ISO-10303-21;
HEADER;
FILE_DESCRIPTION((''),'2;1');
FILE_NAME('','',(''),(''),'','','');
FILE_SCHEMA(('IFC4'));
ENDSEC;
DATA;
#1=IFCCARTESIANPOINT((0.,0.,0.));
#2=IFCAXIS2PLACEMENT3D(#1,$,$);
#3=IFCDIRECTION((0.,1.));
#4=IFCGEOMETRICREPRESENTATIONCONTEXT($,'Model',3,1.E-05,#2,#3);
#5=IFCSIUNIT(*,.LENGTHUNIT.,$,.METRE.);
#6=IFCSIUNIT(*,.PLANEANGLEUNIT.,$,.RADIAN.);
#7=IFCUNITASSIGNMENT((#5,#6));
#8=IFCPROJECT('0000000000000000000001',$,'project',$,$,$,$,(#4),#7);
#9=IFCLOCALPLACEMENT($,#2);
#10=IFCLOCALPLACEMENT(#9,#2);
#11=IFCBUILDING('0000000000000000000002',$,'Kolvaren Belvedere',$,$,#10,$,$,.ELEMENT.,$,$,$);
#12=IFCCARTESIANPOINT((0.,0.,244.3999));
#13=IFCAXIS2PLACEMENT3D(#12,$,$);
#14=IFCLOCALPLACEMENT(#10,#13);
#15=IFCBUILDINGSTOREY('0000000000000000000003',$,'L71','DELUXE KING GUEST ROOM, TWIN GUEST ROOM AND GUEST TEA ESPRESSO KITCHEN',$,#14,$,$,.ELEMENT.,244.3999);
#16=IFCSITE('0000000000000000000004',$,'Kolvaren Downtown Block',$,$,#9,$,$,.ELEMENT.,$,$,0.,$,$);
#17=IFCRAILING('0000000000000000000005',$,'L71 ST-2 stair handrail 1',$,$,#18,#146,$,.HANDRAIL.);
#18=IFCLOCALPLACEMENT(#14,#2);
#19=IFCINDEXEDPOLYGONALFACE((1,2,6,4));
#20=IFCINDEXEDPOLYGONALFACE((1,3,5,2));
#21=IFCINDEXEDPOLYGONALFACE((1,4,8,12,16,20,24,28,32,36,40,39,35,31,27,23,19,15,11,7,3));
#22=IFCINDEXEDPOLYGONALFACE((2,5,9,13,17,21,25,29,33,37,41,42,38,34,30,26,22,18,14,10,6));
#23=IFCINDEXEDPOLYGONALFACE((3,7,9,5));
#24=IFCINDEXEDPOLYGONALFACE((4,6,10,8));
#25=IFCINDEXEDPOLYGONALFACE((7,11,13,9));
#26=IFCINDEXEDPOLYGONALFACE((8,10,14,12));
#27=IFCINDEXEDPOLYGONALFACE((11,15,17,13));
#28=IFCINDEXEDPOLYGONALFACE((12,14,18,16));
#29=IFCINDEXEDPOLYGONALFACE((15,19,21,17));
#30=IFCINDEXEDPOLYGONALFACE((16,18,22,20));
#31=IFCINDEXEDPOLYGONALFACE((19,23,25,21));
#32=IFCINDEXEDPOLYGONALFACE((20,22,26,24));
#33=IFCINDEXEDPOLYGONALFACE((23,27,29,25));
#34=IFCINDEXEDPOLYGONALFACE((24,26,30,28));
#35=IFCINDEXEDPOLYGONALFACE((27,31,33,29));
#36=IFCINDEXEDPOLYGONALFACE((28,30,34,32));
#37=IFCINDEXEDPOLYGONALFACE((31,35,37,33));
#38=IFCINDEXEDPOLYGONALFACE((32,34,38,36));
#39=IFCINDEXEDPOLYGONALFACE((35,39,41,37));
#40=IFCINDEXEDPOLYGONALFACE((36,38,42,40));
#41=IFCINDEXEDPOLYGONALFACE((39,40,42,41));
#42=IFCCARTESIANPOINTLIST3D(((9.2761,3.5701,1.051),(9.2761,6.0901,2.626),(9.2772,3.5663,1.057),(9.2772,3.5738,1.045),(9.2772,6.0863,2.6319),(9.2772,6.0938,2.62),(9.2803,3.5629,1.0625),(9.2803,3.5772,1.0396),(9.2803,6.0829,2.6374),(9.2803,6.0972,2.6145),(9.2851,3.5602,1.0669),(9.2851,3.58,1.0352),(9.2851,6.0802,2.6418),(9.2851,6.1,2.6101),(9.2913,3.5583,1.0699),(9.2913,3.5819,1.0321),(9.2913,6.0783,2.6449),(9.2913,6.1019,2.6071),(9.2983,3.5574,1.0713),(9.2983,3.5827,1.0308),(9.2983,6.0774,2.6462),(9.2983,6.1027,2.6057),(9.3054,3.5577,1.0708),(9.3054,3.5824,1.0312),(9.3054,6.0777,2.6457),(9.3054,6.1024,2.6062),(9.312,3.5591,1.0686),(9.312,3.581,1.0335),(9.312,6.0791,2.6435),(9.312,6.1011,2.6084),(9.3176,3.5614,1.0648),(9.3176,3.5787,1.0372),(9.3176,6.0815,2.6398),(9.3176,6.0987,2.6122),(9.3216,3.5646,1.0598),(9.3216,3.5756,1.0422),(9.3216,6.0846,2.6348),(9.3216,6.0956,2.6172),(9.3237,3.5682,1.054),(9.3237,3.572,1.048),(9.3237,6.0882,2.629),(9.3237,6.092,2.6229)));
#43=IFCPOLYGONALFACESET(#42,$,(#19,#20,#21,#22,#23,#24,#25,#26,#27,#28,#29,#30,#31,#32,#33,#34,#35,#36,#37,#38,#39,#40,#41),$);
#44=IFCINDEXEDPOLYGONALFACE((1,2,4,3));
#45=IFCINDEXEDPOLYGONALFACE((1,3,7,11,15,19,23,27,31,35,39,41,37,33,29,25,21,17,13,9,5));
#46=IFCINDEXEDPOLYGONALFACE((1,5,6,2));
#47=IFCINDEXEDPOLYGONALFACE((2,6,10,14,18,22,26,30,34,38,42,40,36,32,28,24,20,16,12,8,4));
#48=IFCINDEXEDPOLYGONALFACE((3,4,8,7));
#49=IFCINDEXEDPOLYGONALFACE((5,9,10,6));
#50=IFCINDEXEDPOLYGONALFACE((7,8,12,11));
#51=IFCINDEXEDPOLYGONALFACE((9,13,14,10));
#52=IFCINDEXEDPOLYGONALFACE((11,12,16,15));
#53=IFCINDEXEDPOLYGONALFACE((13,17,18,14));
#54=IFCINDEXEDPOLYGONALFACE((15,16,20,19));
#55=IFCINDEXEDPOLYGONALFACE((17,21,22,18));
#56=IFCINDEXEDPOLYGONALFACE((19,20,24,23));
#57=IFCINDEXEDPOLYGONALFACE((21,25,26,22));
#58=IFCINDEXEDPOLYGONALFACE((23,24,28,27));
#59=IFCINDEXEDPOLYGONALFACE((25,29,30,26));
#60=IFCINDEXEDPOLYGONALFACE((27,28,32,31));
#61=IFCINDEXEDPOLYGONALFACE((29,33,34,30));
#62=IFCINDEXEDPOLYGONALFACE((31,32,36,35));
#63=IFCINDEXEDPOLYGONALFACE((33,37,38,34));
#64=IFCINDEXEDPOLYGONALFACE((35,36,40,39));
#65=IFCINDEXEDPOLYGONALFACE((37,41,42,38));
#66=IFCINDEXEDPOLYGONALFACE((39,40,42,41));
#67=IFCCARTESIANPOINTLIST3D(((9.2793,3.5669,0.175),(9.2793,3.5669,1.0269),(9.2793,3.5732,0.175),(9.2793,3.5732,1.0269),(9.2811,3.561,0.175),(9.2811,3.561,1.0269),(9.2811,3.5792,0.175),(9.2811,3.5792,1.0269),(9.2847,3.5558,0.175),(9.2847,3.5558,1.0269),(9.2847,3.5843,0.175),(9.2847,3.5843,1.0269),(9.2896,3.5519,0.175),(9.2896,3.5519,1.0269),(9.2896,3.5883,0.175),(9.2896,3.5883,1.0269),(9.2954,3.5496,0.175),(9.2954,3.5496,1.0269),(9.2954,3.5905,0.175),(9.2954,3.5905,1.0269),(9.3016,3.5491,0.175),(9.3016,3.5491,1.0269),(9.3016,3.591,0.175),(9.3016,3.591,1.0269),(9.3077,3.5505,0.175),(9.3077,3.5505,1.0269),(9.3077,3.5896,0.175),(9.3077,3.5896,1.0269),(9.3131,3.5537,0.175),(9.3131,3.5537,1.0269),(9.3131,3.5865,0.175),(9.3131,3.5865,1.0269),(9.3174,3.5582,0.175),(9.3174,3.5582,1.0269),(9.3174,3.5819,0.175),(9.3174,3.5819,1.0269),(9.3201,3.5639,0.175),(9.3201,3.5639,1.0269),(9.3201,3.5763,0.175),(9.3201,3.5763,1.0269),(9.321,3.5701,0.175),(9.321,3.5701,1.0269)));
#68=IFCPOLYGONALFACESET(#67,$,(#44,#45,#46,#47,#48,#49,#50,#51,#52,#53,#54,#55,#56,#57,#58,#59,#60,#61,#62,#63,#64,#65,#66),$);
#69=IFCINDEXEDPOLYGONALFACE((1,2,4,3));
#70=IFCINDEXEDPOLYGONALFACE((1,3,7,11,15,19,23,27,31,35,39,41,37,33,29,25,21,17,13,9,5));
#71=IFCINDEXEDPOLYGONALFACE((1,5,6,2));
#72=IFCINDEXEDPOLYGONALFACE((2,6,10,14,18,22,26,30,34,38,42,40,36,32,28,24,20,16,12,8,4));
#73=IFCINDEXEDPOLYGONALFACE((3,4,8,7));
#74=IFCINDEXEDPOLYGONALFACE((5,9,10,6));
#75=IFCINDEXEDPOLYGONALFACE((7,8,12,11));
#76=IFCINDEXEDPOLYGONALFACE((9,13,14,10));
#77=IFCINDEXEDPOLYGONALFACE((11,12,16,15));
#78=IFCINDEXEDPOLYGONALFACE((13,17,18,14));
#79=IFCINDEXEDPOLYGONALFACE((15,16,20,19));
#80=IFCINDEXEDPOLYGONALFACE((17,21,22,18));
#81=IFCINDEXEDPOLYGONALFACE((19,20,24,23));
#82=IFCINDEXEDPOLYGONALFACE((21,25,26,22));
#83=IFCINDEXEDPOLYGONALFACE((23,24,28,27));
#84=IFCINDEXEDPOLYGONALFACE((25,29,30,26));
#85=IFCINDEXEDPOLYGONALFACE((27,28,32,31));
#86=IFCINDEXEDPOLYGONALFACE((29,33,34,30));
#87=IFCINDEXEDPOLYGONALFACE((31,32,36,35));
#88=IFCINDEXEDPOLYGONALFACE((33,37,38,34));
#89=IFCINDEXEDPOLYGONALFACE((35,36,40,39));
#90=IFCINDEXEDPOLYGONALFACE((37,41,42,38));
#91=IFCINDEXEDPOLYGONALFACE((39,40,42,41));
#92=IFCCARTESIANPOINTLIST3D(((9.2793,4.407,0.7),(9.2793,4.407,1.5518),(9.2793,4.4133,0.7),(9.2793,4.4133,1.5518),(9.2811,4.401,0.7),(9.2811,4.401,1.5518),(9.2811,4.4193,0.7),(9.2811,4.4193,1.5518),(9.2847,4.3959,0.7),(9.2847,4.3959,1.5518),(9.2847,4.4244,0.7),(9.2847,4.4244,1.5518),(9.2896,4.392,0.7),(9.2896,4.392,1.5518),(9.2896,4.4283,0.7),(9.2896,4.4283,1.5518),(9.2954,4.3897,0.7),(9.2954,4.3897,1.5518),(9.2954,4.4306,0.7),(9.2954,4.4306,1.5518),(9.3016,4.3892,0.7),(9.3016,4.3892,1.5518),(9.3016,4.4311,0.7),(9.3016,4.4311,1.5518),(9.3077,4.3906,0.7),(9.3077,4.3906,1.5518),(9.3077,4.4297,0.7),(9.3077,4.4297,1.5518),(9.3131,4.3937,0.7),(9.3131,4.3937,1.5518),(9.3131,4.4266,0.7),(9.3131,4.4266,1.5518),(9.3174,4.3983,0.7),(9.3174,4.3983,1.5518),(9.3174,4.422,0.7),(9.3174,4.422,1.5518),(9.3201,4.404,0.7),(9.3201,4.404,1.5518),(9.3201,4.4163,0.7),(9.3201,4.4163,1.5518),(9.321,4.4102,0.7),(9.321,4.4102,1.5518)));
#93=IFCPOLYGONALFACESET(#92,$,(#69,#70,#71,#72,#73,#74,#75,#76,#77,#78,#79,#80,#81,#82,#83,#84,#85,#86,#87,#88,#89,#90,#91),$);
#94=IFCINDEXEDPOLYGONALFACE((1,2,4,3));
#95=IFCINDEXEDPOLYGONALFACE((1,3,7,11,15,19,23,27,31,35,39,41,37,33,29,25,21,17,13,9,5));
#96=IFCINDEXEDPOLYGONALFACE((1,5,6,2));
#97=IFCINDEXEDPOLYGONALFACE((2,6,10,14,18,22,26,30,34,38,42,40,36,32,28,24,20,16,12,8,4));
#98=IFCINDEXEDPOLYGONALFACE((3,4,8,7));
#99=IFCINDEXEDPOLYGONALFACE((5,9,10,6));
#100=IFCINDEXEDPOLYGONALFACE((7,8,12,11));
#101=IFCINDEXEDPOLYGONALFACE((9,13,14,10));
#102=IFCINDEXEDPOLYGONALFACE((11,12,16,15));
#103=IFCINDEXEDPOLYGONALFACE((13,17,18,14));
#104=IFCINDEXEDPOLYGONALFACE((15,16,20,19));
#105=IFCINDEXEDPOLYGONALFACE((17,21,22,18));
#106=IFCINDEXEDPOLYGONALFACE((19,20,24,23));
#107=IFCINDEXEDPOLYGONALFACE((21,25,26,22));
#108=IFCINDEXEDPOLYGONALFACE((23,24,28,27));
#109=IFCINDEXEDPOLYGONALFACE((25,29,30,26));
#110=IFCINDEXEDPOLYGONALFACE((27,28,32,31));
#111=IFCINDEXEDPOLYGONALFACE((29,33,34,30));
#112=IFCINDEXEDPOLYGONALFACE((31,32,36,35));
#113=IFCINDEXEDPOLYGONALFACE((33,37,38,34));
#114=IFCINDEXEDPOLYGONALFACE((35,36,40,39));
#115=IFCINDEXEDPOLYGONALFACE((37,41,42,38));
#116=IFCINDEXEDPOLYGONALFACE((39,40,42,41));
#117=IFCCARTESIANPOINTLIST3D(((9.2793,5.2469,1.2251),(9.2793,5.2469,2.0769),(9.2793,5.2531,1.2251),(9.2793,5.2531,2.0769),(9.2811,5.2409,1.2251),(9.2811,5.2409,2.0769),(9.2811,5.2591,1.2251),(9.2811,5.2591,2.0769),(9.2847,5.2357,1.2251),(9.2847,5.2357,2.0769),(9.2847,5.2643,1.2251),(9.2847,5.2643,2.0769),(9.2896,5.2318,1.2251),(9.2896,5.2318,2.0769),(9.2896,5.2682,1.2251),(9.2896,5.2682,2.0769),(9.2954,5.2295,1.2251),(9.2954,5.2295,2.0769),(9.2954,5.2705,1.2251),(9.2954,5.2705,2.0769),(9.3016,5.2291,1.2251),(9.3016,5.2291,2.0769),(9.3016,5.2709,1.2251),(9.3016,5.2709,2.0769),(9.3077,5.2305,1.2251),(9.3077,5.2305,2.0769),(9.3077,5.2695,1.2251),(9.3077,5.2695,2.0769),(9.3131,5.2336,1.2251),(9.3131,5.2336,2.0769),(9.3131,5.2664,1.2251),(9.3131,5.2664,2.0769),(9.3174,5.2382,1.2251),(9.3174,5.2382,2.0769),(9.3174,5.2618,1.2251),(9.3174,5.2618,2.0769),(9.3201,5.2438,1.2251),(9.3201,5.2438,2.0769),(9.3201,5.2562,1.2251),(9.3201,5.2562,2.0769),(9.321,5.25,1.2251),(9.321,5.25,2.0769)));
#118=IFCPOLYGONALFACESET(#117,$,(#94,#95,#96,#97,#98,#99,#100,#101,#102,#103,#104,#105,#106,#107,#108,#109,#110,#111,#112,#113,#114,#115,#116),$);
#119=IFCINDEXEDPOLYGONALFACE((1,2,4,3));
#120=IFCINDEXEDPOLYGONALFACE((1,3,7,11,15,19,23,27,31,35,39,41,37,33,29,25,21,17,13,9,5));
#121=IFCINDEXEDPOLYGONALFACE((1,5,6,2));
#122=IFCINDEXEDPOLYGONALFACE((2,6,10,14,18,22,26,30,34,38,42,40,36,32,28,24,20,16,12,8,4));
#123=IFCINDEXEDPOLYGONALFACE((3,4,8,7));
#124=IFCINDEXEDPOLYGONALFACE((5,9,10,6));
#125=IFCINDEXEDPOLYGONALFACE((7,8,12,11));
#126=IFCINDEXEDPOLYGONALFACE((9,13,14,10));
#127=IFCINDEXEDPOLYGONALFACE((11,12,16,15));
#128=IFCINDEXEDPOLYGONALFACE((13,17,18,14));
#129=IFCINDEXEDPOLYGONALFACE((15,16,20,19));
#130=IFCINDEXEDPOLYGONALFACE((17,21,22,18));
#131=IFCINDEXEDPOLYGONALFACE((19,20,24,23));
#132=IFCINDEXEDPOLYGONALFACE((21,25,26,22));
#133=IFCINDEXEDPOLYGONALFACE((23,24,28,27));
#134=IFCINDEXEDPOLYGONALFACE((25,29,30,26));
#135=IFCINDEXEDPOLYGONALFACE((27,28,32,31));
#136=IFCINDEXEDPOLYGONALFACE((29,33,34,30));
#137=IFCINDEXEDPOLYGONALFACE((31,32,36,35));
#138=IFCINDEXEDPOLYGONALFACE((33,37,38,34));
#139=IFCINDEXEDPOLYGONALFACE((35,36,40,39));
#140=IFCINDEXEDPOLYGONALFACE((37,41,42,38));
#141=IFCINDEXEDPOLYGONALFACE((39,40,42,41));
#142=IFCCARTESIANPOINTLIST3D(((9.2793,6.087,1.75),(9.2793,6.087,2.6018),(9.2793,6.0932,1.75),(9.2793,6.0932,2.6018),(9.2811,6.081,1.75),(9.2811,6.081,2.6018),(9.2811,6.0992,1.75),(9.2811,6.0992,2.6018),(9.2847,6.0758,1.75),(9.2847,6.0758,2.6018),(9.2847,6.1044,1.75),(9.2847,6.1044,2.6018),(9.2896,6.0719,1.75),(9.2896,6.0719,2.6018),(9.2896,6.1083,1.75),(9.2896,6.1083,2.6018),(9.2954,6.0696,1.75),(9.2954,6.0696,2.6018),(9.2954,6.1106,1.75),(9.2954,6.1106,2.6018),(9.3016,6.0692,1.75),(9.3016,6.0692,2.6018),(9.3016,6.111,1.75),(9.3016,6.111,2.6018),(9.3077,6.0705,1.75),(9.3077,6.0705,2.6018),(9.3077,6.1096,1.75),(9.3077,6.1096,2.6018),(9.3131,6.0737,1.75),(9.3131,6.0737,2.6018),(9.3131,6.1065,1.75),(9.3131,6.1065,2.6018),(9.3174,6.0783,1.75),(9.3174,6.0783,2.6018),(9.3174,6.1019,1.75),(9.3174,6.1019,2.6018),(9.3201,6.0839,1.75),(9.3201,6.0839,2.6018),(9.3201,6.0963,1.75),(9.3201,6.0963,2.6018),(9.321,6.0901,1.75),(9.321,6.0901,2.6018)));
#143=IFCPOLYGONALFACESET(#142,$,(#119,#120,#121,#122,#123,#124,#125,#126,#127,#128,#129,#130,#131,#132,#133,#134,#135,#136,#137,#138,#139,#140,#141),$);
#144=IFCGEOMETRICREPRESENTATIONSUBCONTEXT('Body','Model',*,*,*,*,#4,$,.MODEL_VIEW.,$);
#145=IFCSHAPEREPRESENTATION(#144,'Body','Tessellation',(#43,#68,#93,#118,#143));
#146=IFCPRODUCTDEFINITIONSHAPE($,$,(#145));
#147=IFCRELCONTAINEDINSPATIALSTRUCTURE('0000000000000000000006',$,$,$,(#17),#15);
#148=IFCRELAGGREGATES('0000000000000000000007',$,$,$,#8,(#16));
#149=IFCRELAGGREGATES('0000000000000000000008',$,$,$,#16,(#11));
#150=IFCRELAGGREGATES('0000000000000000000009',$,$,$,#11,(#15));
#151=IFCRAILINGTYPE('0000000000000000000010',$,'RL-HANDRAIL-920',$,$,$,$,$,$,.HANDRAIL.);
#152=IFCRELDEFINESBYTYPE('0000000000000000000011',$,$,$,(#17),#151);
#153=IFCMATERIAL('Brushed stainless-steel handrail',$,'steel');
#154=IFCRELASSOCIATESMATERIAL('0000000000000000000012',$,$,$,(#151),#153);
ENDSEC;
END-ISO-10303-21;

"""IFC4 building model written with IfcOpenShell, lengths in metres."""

from ifc_helpers import new_model, si_unit, direction, frame, origin, origin_2d, place, context, subcontext, project, spatial, circle, extrude, material, type_object, element, save


model = new_model("IFC4")

# Units and contexts
model_context = context("Model", 3, precision=1e-05, world=origin(), true_north=direction((0.0, 1.0)))
body_context = subcontext(model_context, "Body", "Model", "MODEL_VIEW")
ifc_project = project(units=[si_unit("LENGTHUNIT", "METRE"), si_unit("PLANEANGLEUNIT", "RADIAN")], contexts=[model_context])

# Site, building, storey
site_placement = place(None, origin())
site = spatial("IfcSite", under=ifc_project, at=site_placement, Name="Kolvaren Downtown Block", CompositionType="ELEMENT", RefElevation=0.0)
building_placement = place(site_placement, origin())
building = spatial("IfcBuilding", under=site, at=building_placement, Name="Kolvaren Belvedere", CompositionType="ELEMENT")
storey_placement = place(building_placement, frame((0.0, 0.0, 244.3999)))
storey = spatial("IfcBuildingStorey", under=building, at=storey_placement, Name="L71", Description="DELUXE KING GUEST ROOM, TWIN GUEST ROOM AND GUEST TEA ESPRESSO KITCHEN", CompositionType="ELEMENT", Elevation=244.3999)

# Railing
ifc_material_1 = material(Name="Brushed stainless-steel handrail", Category="steel")
railing_type_1 = type_object("IfcRailingType", Name="RL-HANDRAIL-920", PredefinedType="HANDRAIL", material=ifc_material_1)
railing_1_placement = place(storey_placement, frame((9.3, 3.5701, 0.175)))
element("IfcRailing", 1, at=railing_1_placement, inside=storey, type_object=railing_type_1, Name="L71 ST-2 stair handrail 1", PredefinedType="HANDRAIL", context=body_context, shape_type="SweptSolid", body=[
    extrude(circle(Radius=0.0239, at=origin_2d()), frame((0.0, 0.0, 0.876), z_axis=(0.0, 0.848008, 0.529984), x_axis=(-1.0, 0.0, 0.0)), (0.0, 0.0, 1.0), 2.9717),
    extrude(circle(Radius=0.021, at=origin_2d()), origin(), (0.0, 0.0, 1.0), 0.8518),
    extrude(circle(Radius=0.021, at=origin_2d()), frame((0.0, 0.8401, 0.5249)), (0.0, 0.0, 1.0), 0.8518),
    extrude(circle(Radius=0.021, at=origin_2d()), frame((0.0, 1.6799, 1.05)), (0.0, 0.0, 1.0), 0.8518),
    extrude(circle(Radius=0.021, at=origin_2d()), frame((0.0, 2.52, 1.575)), (0.0, 0.0, 1.0), 0.8518),
])

save(model, "model.ifc")
